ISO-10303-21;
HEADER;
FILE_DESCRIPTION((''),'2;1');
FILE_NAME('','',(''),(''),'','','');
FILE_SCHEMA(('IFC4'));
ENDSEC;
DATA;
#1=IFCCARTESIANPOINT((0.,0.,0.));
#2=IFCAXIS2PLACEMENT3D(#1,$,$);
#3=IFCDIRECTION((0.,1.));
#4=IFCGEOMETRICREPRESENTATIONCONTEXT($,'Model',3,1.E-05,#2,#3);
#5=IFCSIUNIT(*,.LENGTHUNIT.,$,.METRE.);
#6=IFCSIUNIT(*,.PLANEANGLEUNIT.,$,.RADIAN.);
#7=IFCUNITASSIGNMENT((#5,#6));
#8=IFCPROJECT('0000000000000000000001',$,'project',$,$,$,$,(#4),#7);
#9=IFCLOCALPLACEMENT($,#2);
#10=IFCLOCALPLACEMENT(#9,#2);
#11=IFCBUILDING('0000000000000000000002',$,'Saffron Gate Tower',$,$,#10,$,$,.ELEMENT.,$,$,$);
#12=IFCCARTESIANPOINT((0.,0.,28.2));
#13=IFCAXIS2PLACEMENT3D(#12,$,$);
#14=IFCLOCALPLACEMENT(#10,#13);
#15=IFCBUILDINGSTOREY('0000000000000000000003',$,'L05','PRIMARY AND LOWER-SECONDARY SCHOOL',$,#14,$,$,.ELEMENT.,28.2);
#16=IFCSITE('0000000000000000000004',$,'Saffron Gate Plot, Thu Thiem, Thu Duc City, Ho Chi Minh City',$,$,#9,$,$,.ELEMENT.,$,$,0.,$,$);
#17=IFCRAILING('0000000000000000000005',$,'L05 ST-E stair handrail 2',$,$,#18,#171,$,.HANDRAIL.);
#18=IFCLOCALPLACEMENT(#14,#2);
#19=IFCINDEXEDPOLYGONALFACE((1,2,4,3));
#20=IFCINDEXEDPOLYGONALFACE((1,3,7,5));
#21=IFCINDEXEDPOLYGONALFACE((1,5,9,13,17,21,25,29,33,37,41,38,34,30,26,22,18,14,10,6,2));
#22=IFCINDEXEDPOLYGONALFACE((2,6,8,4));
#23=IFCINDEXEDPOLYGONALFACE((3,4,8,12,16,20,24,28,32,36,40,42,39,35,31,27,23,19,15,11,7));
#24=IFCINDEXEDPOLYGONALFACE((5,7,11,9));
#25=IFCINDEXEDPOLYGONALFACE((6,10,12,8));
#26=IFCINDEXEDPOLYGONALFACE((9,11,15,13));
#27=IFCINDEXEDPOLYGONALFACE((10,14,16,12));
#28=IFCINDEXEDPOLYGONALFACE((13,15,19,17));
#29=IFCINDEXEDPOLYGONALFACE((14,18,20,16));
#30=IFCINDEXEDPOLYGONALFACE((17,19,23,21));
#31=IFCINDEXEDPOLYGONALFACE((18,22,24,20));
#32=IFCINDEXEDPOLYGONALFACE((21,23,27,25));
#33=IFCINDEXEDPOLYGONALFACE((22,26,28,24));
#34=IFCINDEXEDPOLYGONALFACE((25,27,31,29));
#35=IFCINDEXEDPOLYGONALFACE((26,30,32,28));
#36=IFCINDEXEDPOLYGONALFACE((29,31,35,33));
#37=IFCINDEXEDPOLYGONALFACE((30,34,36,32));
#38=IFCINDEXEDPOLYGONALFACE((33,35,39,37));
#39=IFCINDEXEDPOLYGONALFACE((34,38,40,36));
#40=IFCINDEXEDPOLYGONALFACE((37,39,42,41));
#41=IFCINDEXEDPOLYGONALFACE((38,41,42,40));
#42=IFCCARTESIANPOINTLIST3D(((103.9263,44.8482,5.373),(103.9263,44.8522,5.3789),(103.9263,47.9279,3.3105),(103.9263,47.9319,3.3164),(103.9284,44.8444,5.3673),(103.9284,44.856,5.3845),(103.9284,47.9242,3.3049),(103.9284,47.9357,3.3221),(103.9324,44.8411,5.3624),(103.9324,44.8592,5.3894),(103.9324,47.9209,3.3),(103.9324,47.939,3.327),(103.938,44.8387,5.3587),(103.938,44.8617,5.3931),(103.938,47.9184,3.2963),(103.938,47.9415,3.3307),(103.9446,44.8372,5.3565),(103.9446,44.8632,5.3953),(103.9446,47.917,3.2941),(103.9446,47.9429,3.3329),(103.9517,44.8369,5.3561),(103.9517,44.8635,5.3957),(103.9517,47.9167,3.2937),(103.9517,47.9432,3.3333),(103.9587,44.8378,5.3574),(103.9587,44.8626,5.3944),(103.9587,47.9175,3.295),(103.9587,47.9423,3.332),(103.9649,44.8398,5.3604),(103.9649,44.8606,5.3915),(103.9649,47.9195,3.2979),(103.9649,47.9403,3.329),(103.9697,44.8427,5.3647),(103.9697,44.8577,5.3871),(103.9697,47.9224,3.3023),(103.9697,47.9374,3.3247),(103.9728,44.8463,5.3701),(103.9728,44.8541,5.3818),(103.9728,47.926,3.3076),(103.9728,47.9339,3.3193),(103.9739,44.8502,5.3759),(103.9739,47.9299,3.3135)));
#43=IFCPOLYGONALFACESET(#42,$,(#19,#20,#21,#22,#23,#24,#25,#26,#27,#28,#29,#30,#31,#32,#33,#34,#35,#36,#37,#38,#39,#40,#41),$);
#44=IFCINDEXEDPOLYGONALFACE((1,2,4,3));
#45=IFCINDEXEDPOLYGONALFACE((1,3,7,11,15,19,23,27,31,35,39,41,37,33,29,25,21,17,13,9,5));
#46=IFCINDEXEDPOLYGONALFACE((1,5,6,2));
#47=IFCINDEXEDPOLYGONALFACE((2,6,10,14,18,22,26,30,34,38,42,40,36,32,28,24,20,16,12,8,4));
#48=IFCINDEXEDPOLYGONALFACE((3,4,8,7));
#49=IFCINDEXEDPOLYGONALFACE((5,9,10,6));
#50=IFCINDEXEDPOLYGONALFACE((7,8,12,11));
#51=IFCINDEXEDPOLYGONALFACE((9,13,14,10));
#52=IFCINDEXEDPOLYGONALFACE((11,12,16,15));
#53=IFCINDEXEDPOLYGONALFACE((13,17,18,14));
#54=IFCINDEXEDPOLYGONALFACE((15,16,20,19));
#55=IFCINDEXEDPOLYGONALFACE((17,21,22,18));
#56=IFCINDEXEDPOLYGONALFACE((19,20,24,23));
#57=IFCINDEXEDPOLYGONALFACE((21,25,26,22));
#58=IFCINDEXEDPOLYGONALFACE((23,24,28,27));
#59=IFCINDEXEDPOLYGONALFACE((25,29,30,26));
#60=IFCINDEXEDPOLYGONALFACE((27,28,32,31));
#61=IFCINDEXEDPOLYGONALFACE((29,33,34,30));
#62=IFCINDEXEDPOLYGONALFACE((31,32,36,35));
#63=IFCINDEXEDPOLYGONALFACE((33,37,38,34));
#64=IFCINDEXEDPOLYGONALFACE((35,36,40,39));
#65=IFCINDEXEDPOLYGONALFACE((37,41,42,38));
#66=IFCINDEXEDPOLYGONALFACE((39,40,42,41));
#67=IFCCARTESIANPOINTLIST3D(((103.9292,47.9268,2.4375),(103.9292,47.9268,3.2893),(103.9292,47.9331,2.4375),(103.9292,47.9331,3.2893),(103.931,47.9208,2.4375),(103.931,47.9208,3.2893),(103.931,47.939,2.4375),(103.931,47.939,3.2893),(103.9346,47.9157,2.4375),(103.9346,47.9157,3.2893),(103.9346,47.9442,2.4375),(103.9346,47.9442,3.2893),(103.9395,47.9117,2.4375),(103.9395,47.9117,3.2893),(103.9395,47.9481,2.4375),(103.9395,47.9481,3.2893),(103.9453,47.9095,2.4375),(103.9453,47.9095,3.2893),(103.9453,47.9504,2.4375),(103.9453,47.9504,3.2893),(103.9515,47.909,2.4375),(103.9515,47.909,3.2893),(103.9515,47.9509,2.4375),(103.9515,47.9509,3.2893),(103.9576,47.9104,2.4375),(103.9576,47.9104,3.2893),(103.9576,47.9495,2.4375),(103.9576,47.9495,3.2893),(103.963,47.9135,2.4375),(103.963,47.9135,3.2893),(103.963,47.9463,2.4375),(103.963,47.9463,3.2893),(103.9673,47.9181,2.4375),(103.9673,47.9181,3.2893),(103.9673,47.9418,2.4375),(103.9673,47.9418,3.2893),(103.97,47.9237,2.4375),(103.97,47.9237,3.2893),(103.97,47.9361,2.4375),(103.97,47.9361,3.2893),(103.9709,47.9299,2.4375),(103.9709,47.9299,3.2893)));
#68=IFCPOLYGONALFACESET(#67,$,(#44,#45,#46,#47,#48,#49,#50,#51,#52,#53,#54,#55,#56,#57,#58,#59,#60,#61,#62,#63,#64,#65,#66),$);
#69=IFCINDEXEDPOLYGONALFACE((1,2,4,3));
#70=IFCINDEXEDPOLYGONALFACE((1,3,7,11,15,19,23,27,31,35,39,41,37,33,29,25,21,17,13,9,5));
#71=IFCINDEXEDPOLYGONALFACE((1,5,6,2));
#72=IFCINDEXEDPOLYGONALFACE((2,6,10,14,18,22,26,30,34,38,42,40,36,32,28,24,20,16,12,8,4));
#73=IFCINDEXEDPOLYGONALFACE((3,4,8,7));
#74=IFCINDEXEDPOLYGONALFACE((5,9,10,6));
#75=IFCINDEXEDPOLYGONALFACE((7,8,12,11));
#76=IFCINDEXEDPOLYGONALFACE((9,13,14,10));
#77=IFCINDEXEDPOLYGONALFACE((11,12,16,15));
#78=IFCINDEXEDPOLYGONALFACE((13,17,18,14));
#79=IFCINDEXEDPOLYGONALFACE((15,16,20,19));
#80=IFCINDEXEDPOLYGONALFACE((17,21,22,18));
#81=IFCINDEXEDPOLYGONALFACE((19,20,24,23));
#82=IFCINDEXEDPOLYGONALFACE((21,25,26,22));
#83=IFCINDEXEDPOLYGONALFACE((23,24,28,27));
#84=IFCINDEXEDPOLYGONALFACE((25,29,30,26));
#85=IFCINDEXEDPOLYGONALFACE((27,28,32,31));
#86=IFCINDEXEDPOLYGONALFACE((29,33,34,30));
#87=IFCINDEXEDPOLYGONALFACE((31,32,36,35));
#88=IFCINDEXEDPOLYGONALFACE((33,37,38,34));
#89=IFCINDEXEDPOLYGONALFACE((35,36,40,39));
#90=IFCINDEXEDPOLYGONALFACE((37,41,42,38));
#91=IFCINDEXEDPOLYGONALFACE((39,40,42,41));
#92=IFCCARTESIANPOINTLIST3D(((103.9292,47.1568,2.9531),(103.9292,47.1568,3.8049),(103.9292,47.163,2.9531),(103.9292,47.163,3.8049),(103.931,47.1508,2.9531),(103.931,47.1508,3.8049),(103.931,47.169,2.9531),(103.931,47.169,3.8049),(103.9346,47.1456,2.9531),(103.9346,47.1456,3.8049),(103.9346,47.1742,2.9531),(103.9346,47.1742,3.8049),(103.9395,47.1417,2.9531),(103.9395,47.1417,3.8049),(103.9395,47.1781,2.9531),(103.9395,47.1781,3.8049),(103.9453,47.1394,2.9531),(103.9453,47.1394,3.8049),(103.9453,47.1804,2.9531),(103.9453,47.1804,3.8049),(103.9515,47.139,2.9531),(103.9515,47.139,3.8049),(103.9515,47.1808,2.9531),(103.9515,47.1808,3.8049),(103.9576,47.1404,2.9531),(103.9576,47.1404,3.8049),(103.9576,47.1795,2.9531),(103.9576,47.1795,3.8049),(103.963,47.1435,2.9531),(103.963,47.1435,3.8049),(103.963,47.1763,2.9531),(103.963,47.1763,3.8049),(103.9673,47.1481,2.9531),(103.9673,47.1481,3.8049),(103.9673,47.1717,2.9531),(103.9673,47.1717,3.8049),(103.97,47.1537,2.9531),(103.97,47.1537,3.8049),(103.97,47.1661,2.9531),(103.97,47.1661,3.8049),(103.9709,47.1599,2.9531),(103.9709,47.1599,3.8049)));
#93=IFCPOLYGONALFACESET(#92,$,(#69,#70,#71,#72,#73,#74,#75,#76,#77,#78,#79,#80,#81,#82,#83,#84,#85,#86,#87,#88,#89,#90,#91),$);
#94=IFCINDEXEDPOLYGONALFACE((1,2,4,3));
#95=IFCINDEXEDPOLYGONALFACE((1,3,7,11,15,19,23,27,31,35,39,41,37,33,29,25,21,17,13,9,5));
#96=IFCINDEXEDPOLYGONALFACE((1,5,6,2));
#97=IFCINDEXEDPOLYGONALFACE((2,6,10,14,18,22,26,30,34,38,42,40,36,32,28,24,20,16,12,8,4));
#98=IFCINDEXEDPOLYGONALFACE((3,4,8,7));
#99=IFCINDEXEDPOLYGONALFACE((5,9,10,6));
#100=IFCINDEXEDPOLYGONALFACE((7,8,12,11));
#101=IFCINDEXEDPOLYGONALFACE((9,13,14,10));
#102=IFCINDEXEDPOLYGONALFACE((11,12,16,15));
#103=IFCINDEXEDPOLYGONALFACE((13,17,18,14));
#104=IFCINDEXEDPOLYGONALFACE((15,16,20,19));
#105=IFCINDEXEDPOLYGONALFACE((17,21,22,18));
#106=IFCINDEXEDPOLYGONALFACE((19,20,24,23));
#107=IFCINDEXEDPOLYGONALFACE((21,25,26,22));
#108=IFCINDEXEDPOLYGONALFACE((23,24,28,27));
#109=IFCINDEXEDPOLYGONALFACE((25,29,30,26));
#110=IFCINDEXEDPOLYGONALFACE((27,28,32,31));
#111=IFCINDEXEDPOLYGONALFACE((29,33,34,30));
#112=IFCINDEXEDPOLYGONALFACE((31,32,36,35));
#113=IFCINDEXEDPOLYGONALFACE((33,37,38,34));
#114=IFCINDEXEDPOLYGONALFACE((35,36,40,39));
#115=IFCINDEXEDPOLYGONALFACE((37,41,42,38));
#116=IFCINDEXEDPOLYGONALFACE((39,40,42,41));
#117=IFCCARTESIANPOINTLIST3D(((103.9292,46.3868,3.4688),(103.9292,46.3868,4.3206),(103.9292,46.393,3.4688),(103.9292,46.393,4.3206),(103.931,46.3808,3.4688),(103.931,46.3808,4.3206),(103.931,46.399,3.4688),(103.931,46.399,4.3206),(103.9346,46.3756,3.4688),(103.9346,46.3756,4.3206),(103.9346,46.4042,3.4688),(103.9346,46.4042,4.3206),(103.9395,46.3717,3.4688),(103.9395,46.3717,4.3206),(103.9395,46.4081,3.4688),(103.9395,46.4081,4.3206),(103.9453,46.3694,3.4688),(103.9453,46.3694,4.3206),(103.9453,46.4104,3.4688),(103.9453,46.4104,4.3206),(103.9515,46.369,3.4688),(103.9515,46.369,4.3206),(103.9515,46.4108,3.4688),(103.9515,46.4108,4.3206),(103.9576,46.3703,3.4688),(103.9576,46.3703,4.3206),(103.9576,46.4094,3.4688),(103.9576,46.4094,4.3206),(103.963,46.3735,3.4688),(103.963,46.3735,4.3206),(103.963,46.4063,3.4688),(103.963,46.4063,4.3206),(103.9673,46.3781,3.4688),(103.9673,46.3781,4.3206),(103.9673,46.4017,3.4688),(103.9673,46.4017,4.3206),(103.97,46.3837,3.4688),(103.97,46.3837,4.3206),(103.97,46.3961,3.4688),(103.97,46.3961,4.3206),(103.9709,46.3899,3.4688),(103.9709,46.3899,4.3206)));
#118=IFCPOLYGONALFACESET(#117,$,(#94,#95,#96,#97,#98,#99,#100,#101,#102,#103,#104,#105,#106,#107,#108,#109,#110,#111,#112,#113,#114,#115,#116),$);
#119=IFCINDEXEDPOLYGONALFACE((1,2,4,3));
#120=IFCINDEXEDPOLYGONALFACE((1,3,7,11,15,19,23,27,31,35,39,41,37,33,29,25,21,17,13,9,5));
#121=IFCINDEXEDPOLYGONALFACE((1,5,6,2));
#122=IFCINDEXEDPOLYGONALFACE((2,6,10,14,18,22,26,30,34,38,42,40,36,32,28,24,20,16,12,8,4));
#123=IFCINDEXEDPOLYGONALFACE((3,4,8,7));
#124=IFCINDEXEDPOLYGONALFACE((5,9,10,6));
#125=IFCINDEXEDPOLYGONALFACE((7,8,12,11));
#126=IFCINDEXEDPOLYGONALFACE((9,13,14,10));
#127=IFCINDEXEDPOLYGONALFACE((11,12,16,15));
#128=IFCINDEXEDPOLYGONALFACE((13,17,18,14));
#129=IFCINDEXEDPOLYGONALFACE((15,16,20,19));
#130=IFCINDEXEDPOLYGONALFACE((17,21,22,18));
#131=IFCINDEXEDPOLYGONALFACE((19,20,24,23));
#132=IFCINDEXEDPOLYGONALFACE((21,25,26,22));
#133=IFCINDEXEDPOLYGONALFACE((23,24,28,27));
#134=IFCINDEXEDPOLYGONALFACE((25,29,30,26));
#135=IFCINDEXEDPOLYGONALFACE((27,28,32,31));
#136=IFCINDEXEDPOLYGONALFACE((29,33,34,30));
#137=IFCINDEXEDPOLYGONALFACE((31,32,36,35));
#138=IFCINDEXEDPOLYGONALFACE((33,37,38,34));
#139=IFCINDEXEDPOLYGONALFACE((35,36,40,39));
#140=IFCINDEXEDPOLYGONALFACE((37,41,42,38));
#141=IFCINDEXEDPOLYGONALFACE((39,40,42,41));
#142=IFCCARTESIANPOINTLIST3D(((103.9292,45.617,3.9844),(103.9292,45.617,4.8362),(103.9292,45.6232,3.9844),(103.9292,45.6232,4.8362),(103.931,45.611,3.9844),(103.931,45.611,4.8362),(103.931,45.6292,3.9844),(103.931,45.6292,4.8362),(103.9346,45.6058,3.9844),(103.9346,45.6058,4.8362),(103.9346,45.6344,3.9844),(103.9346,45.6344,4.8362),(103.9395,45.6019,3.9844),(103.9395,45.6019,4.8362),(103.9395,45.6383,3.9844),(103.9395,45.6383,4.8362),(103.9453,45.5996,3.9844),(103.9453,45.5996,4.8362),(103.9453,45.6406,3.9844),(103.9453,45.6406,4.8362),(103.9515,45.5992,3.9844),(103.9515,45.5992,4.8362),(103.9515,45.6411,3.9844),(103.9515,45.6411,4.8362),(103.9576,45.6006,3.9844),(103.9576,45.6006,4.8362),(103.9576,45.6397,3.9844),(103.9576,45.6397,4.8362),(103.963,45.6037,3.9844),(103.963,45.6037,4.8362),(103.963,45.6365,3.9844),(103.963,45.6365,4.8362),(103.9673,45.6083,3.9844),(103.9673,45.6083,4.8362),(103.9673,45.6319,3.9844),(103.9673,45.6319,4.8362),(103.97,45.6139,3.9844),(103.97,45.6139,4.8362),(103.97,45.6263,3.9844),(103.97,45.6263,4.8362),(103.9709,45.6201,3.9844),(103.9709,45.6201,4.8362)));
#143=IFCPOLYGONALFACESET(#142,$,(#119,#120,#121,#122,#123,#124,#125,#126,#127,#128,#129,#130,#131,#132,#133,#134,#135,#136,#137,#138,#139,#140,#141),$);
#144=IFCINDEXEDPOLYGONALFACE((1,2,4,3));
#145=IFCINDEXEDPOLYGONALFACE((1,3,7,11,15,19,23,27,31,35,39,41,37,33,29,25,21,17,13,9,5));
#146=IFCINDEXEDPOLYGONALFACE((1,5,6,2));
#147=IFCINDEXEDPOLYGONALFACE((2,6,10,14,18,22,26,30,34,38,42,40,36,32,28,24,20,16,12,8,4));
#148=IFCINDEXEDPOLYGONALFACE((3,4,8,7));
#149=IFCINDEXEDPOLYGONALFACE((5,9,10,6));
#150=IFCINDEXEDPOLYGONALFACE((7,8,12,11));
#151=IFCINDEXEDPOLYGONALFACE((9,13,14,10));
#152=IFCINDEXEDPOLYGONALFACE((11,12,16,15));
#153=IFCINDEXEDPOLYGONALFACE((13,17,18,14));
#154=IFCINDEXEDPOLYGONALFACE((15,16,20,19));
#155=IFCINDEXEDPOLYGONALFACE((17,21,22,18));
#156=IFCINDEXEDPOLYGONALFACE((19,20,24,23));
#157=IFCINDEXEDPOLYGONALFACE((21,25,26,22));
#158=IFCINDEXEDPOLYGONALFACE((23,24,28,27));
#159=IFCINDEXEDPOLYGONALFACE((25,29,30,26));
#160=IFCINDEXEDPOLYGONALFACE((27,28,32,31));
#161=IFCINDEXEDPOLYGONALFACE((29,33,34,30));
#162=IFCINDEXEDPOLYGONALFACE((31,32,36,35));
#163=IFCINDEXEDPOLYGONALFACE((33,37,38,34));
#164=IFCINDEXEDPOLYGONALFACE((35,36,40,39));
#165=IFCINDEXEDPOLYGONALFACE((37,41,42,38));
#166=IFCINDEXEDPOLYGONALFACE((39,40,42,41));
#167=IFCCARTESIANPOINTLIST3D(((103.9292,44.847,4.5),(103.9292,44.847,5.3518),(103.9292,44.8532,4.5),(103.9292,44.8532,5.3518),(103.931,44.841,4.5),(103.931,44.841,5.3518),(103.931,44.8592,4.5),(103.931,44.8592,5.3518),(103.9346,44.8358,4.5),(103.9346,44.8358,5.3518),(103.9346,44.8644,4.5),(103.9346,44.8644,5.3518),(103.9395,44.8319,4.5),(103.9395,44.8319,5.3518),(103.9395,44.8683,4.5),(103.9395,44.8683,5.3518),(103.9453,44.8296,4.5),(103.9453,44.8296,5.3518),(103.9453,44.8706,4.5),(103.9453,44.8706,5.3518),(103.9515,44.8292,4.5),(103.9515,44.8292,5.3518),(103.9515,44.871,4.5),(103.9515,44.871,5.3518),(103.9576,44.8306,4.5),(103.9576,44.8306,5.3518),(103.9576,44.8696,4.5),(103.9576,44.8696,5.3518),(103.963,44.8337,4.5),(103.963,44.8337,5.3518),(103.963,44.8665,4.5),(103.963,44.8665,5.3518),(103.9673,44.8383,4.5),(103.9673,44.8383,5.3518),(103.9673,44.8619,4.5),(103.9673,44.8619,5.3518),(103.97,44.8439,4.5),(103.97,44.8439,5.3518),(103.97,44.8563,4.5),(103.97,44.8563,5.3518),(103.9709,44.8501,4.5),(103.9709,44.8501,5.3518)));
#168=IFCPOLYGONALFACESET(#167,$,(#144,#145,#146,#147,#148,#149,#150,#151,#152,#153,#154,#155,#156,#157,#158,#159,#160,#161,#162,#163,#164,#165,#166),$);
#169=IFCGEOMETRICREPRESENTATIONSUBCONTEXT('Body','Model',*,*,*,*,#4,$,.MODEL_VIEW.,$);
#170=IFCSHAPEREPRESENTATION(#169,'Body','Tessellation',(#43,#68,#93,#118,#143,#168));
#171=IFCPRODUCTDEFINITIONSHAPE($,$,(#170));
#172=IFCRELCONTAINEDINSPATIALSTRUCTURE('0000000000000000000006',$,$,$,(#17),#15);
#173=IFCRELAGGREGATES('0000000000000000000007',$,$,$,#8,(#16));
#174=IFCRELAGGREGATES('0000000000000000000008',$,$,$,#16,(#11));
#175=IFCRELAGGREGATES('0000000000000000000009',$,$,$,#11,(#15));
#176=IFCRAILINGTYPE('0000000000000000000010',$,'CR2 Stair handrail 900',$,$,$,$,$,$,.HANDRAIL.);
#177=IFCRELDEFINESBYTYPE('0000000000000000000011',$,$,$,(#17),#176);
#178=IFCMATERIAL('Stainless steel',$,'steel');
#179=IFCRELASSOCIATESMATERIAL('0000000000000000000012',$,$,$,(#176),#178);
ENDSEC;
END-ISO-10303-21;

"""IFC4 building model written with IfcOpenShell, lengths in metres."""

from ifc_helpers import new_model, si_unit, direction, frame, origin, origin_2d, place, context, subcontext, project, spatial, circle, extrude, material, type_object, element, save


model = new_model("IFC4")

# Units and contexts
model_context = context("Model", 3, precision=1e-05, world=origin(), true_north=direction((0.0, 1.0)))
body_context = subcontext(model_context, "Body", "Model", "MODEL_VIEW")
ifc_project = project(units=[si_unit("LENGTHUNIT", "METRE"), si_unit("PLANEANGLEUNIT", "RADIAN")], contexts=[model_context])

# Site, building, storey
site_placement = place(None, origin())
site = spatial("IfcSite", under=ifc_project, at=site_placement, Name="Saffron Gate Plot, Thu Thiem, Thu Duc City, Ho Chi Minh City", CompositionType="ELEMENT", RefElevation=0.0)
building_placement = place(site_placement, origin())
building = spatial("IfcBuilding", under=site, at=building_placement, Name="Saffron Gate Tower", CompositionType="ELEMENT")
storey_placement = place(building_placement, frame((0.0, 0.0, 28.2)))
storey = spatial("IfcBuildingStorey", under=building, at=storey_placement, Name="L05", Description="PRIMARY AND LOWER-SECONDARY SCHOOL", CompositionType="ELEMENT", Elevation=28.2)

# Railing
ifc_material_1 = material(Name="Stainless steel", Category="steel")
railing_type_1 = type_object("IfcRailingType", Name="CR2 Stair handrail 900", PredefinedType="HANDRAIL", material=ifc_material_1)
railing_1_placement = place(storey_placement, frame((103.95, 47.9299, 2.4375)))
element("IfcRailing", 1, at=railing_1_placement, inside=storey, type_object=railing_type_1, Name="L05 ST-E stair handrail 2", PredefinedType="HANDRAIL", context=body_context, shape_type="SweptSolid", body=[
    extrude(circle(Radius=0.0239, at=origin_2d()), frame((0.0, 0.0, 0.876), z_axis=(0.0, -0.830893, 0.556432), x_axis=(1.0, 0.0, 0.0)), (0.0, 0.0, 1.0), 3.7065),
    extrude(circle(Radius=0.021, at=origin_2d()), origin(), (0.0, 0.0, 1.0), 0.8518),
    extrude(circle(Radius=0.021, at=origin_2d()), frame((0.0, -0.77, 0.5156)), (0.0, 0.0, 1.0), 0.8518),
    extrude(circle(Radius=0.021, at=origin_2d()), frame((0.0, -1.54, 1.0312)), (0.0, 0.0, 1.0), 0.8518),
    extrude(circle(Radius=0.021, at=origin_2d()), frame((0.0, -2.3098, 1.5469)), (0.0, 0.0, 1.0), 0.8518),
    extrude(circle(Radius=0.021, at=origin_2d()), frame((0.0, -3.0798, 2.0625)), (0.0, 0.0, 1.0), 0.8518),
])

save(model, "model.ifc")
